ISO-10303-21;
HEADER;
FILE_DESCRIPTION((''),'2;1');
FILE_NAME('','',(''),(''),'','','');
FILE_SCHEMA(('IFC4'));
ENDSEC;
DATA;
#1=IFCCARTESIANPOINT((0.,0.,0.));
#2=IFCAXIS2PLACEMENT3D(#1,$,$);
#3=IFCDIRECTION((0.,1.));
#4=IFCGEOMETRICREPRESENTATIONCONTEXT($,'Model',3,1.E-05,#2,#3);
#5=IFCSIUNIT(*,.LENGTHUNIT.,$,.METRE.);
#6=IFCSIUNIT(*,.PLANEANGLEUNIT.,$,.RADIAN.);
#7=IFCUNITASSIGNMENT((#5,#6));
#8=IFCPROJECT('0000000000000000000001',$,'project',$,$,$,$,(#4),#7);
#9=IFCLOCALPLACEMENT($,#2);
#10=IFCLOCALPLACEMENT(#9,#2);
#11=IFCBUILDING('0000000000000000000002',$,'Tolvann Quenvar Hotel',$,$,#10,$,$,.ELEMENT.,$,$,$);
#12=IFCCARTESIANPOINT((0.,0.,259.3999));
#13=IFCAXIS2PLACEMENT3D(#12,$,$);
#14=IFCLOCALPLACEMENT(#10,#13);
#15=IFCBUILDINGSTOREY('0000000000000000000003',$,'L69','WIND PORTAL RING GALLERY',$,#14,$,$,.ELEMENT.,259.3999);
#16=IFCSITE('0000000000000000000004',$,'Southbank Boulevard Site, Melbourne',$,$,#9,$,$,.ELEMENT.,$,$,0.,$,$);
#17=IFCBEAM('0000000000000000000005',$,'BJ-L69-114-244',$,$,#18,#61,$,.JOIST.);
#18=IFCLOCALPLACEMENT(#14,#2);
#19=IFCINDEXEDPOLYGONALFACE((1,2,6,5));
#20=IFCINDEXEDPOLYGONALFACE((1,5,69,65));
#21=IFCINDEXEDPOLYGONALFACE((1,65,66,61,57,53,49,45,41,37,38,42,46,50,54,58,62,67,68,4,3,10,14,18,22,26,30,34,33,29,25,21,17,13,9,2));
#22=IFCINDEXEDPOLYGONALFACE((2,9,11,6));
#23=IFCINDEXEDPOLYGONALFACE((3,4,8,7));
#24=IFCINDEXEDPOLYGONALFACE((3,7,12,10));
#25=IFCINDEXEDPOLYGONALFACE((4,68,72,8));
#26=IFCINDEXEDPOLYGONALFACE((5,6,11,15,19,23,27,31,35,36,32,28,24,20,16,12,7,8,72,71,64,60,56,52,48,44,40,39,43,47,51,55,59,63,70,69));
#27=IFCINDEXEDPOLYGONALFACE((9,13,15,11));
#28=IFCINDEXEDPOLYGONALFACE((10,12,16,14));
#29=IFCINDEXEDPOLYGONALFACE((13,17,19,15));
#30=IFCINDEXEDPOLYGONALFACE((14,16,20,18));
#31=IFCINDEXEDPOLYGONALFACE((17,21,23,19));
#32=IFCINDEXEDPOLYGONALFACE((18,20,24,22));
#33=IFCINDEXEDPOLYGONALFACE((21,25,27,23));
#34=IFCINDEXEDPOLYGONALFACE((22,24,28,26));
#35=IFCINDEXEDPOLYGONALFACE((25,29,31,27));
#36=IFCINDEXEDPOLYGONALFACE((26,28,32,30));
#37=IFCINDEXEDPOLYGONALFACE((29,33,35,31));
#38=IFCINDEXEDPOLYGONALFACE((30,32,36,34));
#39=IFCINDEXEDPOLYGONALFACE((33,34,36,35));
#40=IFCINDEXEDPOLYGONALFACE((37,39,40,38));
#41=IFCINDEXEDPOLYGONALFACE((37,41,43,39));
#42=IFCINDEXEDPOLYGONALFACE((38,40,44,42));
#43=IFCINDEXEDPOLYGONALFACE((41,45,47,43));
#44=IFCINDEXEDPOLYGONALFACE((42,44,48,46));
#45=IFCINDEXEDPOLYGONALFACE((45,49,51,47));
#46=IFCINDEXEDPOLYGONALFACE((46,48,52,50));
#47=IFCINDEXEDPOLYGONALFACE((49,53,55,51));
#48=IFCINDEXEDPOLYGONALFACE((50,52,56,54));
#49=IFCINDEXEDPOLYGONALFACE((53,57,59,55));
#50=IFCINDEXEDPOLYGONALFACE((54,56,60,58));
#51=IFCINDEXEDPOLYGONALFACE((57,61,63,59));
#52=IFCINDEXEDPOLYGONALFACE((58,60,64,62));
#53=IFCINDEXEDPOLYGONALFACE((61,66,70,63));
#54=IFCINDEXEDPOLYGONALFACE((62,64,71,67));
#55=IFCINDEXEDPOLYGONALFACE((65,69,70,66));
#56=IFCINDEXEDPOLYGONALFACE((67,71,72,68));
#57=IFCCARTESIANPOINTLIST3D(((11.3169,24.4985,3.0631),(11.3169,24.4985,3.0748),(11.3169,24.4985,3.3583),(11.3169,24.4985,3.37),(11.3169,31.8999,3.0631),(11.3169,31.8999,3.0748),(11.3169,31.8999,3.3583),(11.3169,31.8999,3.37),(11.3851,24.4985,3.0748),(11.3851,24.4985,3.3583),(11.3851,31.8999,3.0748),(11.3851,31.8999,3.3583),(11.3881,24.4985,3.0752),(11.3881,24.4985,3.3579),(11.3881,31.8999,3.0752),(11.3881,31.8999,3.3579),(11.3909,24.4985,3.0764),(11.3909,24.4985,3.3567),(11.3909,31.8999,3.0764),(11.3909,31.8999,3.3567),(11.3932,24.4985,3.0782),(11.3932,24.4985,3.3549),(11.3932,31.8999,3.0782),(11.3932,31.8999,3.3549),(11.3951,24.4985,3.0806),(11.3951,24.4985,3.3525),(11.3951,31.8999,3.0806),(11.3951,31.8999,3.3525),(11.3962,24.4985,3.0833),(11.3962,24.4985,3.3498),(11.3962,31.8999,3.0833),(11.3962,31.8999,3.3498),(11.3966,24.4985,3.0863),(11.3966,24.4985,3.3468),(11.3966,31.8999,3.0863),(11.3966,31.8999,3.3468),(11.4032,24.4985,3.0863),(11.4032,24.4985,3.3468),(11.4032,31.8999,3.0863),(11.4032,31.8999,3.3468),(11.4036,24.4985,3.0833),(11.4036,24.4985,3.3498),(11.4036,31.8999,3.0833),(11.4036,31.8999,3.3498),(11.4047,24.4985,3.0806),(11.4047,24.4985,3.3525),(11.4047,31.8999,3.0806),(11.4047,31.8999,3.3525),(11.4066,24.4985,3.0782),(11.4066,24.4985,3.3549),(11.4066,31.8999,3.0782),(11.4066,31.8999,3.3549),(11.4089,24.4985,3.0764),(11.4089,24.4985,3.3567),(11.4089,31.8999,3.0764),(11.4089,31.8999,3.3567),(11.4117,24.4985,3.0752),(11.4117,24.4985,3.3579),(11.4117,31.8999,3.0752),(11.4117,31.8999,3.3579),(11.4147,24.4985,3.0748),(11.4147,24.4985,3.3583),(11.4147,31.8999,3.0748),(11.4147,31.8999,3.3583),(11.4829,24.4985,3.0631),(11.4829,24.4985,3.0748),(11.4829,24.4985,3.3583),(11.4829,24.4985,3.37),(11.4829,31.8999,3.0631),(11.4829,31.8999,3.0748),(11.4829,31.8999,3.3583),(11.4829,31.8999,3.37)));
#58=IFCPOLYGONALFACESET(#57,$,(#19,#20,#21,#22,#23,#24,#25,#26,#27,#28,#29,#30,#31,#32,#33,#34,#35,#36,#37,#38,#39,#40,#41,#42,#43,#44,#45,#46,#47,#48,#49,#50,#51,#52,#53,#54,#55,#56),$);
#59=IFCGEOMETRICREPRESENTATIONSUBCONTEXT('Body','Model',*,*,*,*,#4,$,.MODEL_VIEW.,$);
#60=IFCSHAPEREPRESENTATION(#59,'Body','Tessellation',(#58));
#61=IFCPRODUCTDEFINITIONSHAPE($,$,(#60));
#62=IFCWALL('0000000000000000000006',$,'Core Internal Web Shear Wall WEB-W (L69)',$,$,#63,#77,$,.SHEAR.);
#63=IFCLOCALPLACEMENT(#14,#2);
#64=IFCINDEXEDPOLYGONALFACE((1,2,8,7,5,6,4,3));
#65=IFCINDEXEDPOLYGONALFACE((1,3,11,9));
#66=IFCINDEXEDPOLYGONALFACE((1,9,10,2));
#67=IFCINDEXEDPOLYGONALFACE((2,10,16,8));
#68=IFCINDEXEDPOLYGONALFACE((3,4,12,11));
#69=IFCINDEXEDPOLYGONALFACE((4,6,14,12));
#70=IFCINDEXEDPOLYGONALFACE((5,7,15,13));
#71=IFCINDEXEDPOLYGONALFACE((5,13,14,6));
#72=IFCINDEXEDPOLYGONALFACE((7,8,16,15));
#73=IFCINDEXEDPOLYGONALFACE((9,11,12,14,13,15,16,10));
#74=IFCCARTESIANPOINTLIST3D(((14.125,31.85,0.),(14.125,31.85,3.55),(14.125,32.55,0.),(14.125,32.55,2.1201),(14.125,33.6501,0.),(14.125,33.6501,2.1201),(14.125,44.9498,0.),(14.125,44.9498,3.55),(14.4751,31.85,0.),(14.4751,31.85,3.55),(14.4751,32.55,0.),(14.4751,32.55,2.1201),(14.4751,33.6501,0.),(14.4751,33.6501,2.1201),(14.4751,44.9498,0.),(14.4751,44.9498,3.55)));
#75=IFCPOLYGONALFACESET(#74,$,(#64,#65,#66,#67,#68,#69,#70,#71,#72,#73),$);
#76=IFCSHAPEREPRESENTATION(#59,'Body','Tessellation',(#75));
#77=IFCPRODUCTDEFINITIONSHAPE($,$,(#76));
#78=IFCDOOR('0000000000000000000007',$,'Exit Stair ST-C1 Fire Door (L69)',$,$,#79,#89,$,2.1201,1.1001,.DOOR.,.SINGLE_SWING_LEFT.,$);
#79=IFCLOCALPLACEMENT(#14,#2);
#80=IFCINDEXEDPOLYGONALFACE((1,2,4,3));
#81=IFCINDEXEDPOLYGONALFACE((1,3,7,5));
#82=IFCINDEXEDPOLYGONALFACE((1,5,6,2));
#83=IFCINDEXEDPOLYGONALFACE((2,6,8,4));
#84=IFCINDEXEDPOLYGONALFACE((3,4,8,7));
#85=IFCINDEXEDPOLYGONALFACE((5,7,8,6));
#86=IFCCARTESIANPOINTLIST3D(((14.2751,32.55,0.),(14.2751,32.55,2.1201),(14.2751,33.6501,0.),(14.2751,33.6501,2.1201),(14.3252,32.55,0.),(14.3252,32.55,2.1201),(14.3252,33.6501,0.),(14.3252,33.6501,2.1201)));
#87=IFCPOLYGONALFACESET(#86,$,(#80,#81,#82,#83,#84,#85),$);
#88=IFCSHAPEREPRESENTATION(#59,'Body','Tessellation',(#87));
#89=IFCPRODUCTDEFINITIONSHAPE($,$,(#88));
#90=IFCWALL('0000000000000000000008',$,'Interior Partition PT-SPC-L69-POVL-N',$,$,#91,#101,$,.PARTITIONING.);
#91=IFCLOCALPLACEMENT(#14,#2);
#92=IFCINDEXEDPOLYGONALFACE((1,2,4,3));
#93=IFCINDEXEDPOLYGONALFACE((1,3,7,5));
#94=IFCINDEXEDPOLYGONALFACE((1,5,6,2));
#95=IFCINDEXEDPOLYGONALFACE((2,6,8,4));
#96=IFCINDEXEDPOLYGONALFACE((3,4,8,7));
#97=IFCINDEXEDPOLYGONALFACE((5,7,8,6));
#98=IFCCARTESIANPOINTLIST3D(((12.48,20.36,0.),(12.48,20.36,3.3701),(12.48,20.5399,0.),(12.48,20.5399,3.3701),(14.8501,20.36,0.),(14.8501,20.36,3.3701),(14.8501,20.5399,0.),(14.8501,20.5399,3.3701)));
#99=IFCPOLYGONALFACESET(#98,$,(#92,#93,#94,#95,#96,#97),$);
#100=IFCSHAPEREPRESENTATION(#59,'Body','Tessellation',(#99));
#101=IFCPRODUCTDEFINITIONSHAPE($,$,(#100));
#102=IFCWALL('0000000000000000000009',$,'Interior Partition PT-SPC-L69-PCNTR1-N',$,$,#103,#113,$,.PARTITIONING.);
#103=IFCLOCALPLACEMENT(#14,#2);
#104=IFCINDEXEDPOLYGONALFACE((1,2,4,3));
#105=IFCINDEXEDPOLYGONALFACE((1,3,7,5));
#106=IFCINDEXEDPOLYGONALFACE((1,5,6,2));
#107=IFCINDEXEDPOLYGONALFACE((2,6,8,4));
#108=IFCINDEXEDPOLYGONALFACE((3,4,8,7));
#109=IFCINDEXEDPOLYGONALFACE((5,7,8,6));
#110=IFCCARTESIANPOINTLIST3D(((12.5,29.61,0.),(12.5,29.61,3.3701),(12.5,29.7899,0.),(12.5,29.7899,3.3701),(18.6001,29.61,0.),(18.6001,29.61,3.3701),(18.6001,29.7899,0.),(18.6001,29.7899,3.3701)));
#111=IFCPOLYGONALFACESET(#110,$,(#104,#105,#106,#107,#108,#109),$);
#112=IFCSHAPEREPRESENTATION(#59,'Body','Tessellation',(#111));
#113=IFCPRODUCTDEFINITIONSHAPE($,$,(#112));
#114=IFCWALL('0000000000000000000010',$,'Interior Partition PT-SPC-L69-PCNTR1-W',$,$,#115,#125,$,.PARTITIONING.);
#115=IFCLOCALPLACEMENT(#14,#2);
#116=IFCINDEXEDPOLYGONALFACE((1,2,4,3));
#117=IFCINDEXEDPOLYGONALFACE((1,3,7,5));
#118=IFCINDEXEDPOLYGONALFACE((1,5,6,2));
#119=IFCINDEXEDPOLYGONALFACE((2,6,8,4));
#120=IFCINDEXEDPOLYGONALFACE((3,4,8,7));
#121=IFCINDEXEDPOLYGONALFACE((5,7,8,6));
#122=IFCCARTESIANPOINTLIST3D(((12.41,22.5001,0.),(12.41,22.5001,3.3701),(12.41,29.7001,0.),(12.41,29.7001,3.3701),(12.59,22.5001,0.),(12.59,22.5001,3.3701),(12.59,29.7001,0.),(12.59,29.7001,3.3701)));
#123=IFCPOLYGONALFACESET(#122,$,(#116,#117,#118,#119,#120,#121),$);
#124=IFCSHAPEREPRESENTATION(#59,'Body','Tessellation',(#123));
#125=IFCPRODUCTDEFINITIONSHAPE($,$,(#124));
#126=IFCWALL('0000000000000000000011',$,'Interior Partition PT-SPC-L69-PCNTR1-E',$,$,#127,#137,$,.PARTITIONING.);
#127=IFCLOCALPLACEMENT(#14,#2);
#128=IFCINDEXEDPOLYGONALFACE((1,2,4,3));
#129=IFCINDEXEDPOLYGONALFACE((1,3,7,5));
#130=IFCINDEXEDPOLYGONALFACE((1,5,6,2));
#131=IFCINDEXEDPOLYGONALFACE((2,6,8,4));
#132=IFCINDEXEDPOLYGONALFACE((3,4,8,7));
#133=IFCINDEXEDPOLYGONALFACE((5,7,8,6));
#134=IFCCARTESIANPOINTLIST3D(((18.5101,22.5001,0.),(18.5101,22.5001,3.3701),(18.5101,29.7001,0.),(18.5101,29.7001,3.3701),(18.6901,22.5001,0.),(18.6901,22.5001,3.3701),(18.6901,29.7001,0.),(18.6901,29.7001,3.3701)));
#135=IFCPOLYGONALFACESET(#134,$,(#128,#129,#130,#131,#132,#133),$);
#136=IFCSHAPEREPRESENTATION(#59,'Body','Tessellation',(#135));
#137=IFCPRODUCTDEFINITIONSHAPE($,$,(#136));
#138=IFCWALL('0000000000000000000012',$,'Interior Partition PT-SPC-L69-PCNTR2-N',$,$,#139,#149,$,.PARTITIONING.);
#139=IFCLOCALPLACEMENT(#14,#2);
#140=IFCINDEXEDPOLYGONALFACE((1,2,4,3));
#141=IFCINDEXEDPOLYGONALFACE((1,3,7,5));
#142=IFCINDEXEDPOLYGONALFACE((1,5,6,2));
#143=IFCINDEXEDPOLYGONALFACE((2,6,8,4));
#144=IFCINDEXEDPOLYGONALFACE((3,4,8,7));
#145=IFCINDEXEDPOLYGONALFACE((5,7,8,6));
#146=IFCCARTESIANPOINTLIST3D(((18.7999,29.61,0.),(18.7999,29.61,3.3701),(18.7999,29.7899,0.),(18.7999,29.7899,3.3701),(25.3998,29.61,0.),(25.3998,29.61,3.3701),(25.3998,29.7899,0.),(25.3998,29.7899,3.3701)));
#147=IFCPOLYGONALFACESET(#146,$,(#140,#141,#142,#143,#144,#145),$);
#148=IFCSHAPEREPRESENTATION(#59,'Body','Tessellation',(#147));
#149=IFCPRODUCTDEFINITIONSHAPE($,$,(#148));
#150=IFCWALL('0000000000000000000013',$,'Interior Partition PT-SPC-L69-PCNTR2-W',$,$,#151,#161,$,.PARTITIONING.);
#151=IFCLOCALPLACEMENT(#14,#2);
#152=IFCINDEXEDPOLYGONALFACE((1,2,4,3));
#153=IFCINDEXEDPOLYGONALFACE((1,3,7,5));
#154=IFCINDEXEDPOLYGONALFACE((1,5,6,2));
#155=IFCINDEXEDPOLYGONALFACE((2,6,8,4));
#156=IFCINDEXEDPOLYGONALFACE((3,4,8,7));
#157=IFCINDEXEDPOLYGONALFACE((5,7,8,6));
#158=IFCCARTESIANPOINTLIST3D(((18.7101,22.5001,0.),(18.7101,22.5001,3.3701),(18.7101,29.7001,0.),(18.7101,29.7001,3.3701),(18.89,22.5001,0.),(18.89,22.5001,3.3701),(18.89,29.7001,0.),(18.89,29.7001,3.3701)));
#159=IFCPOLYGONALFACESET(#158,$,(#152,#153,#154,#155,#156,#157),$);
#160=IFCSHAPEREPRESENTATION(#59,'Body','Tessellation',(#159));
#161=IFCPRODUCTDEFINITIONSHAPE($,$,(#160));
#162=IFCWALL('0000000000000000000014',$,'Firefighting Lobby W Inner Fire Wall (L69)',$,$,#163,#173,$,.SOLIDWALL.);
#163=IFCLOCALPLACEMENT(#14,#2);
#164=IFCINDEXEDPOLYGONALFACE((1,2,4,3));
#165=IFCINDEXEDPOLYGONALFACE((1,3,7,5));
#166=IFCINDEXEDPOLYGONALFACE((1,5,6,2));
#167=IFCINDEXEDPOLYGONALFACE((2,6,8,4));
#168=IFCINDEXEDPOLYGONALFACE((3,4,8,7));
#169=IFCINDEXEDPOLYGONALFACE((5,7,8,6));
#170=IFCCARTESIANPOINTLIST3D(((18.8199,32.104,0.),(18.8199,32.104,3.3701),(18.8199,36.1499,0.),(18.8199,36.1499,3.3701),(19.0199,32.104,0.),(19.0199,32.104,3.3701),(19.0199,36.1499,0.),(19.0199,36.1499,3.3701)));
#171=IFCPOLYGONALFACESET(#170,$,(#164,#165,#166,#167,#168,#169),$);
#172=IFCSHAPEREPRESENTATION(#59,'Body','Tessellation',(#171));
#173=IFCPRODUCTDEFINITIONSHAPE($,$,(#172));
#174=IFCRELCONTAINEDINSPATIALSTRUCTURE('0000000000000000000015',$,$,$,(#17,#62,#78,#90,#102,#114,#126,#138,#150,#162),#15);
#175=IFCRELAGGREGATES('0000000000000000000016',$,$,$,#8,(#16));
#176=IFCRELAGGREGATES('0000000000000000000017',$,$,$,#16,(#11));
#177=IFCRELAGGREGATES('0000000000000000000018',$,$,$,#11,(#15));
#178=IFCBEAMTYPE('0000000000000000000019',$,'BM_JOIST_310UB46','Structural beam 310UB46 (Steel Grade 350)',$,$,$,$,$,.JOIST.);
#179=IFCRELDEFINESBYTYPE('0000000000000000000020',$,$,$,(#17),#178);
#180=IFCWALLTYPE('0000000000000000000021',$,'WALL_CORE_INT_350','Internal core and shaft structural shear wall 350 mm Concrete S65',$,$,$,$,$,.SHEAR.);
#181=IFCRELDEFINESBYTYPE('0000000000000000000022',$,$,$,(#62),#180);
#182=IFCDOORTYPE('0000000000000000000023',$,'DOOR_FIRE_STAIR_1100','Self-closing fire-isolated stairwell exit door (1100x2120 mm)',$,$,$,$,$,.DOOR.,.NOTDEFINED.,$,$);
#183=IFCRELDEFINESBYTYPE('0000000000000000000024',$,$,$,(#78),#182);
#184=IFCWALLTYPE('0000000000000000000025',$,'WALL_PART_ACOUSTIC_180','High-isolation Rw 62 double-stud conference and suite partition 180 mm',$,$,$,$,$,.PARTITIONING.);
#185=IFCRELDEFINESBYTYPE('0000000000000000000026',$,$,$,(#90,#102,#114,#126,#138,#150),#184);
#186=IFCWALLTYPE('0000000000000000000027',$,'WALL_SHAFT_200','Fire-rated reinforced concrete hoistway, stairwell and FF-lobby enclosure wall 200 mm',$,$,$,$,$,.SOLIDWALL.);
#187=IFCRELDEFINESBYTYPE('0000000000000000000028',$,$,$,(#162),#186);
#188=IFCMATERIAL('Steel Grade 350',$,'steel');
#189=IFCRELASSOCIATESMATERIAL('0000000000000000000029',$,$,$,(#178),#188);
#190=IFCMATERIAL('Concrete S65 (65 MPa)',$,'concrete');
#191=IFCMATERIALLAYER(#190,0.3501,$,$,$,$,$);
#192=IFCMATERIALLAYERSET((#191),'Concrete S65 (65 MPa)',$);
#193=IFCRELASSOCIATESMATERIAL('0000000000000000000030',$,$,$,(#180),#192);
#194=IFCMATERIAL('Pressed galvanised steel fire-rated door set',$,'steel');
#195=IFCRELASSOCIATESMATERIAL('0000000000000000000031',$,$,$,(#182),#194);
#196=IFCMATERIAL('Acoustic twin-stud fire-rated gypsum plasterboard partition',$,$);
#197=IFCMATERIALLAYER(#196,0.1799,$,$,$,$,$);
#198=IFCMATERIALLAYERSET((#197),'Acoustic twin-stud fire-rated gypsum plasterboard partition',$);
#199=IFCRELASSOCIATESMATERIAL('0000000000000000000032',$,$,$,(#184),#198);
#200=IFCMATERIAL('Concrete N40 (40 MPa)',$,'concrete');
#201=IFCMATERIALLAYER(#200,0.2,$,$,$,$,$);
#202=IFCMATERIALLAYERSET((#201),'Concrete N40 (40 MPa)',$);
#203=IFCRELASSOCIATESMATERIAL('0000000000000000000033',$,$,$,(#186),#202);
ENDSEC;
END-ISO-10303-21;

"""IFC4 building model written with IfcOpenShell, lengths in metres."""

from ifc_helpers import new_model, si_unit, direction, frame, frame_2d, origin, origin_2d, place, context, subcontext, project, spatial, rectangle, i_section, extrude, source, transform, mapped, material, layer, layer_set, material_profile, profile_set, type_object, type_shapes, element, fill, save


model = new_model("IFC4")

# Units and contexts
model_context = context("Model", 3, precision=1e-05, world=origin(), true_north=direction((0.0, 1.0)))
body_context = subcontext(model_context, "Body", "Model", "MODEL_VIEW")
ifc_project = project(units=[si_unit("LENGTHUNIT", "METRE"), si_unit("PLANEANGLEUNIT", "RADIAN")], contexts=[model_context])

# Site, building, storey
site_placement = place(None, origin())
site = spatial("IfcSite", under=ifc_project, at=site_placement, Name="Southbank Boulevard Site, Melbourne", CompositionType="ELEMENT", RefElevation=0.0)
building_placement = place(site_placement, origin())
building = spatial("IfcBuilding", under=site, at=building_placement, Name="Tolvann Quenvar Hotel", CompositionType="ELEMENT")
storey_placement = place(building_placement, frame((0.0, 0.0, 259.3999)))
storey = spatial("IfcBuildingStorey", under=building, at=storey_placement, Name="L69", Description="WIND PORTAL RING GALLERY", CompositionType="ELEMENT", Elevation=259.3999)

# Shared definitions
ifc_material_1 = material(Name="Steel Grade 350", Category="steel")

# Beam
ifc_material_profile_1 = material_profile(ifc_material_1, i_section(OverallWidth=0.166, OverallDepth=0.3069, WebThickness=0.0066, FlangeThickness=0.0117, FilletRadius=0.0115, at=origin_2d()), Name="310UB46")
ifc_profile_set_1 = profile_set([ifc_material_profile_1], Name="Steel Grade 350")
beam_type_1 = type_object("IfcBeamType", Name="BM_JOIST_310UB46", Description="Structural beam 310UB46 (Steel Grade 350)", PredefinedType="JOIST", material=ifc_profile_set_1)
shared_shape_1 = source(origin(), body_context, "Body", "SweptSolid", [
    extrude(i_section(OverallWidth=0.166, OverallDepth=0.3069, WebThickness=0.0066, FlangeThickness=0.0117, FilletRadius=0.0115, at=origin_2d()), origin(), (0.0, 0.0, 1.0), 7.4014),
])
beam_1_placement = place(storey_placement, frame((11.3999, 24.4985, 3.2166), z_axis=(0.0, 1.0, 0.0), x_axis=(-1.0, 0.0, 0.0)))
element("IfcBeam", 1, at=beam_1_placement, inside=storey, type_object=beam_type_1, Name="BJ-L69-114-244", PredefinedType="JOIST", context=body_context, shape_type="MappedRepresentation", body=[
    mapped(shared_shape_1, transform((0.0, 0.0, 0.0), x_axis=(1.0, 0.0, 0.0), y_axis=(0.0, 1.0, 0.0), z_axis=(0.0, 0.0, 1.0), scale=1.0)),
])

# Wall, opening, door
ifc_material_2 = material(Name="Concrete S65 (65 MPa)", Category="concrete")
ifc_layer_1 = layer(ifc_material_2, 0.3501)
ifc_layer_set_1 = layer_set([ifc_layer_1], Name="Concrete S65 (65 MPa)")
wall_type_1 = type_object("IfcWallType", Name="WALL_CORE_INT_350", Description="Internal core and shaft structural shear wall 350 mm Concrete S65", PredefinedType="SHEAR", material=ifc_layer_set_1)
wall_1_placement = place(storey_placement, frame((14.3, 31.8501, 0.0), z_axis=(0.0, 0.0, 1.0), x_axis=(0.0, 1.0, 0.0)))
wall_1 = element("IfcWall", 2, at=wall_1_placement, inside=storey, type_object=wall_type_1, Name="Core Internal Web Shear Wall WEB-W (L69)", PredefinedType="SHEAR", context=body_context, shape_type="SweptSolid", body=[
    extrude(rectangle(XDim=13.0999, YDim=0.3501, at=frame_2d((6.5498, 0.0))), origin(), (0.0, 0.0, 1.0), 3.55),
])
opening_1_placement = place(wall_1_placement, frame((0.7, 0.0, 0.0)))
opening_1 = element("IfcOpeningElement", 3, at=opening_1_placement, cuts=wall_1, PredefinedType="OPENING", context=body_context, shape_type="SweptSolid", body=[
    extrude(rectangle(XDim=1.1001, YDim=2.1201, at=frame_2d((0.55, 1.0601))), frame((0.0, 0.1851, 0.0), z_axis=(0.0, -1.0, 0.0), x_axis=(1.0, 0.0, 0.0)), (0.0, 0.0, 1.0), 0.3701),
])
ifc_material_3 = material(Name="Pressed galvanised steel fire-rated door set", Category="steel")
door_type_1 = type_object("IfcDoorType", Name="DOOR_FIRE_STAIR_1100", Description="Self-closing fire-isolated stairwell exit door (1100x2120 mm)", OperationType="NOTDEFINED", PredefinedType="DOOR", material=ifc_material_3)
shared_shape_2 = source(origin(), body_context, "Body", "SweptSolid", [
    extrude(rectangle(XDim=1.1001, YDim=2.1201, at=frame_2d((0.55, 1.0601))), frame((0.0, 0.0249, 0.0), z_axis=(0.0, -1.0, 0.0), x_axis=(1.0, 0.0, 0.0)), (0.0, 0.0, 1.0), 0.05),
])
type_shapes(door_type_1, [shared_shape_2])
door_1_placement = place(opening_1_placement, origin())
door_1 = element("IfcDoor", 4, at=door_1_placement, inside=storey, type_object=door_type_1, Name="Exit Stair ST-C1 Fire Door (L69)", OperationType="SINGLE_SWING_LEFT", OverallHeight=2.1201, OverallWidth=1.1001, PredefinedType="DOOR", context=body_context, shape_type="MappedRepresentation", body=[
    mapped(shared_shape_2, transform((0.0, 0.0, 0.0), x_axis=(1.0, 0.0, 0.0), y_axis=(0.0, 1.0, 0.0), z_axis=(0.0, 0.0, 1.0), scale=1.0)),
])
fill(opening_1, door_1)

# Wall
ifc_material_4 = material(Name="Acoustic twin-stud fire-rated gypsum plasterboard partition")
ifc_layer_2 = layer(ifc_material_4, 0.1799)
ifc_layer_set_2 = layer_set([ifc_layer_2], Name="Acoustic twin-stud fire-rated gypsum plasterboard partition")
wall_type_2 = type_object("IfcWallType", Name="WALL_PART_ACOUSTIC_180", Description="High-isolation Rw 62 double-stud conference and suite partition 180 mm", PredefinedType="PARTITIONING", material=ifc_layer_set_2)
wall_2_placement = place(storey_placement, frame((12.48, 20.45, 0.0), z_axis=(0.0, 0.0, 1.0), x_axis=(1.0, 0.0, 0.0)))
element("IfcWall", 5, at=wall_2_placement, inside=storey, type_object=wall_type_2, Name="Interior Partition PT-SPC-L69-POVL-N", PredefinedType="PARTITIONING", context=body_context, shape_type="SweptSolid", body=[
    extrude(rectangle(XDim=2.3701, YDim=0.1799, at=frame_2d((1.1851, 0.0))), origin(), (0.0, 0.0, 1.0), 3.3701),
])

# Walls
wall_3_placement = place(storey_placement, frame((12.5, 29.7, 0.0), z_axis=(0.0, 0.0, 1.0), x_axis=(1.0, 0.0, 0.0)))
element("IfcWall", 6, at=wall_3_placement, inside=storey, type_object=wall_type_2, Name="Interior Partition PT-SPC-L69-PCNTR1-N", PredefinedType="PARTITIONING", context=body_context, shape_type="SweptSolid", body=[
    extrude(rectangle(XDim=6.1001, YDim=0.1799, at=frame_2d((3.05, 0.0))), origin(), (0.0, 0.0, 1.0), 3.3701),
])
for number, where, z_axis, x_axis, name in (
    (7, (12.5, 22.5, 0.0), (0.0, 0.0, 1.0), (0.0, 1.0, 0.0), "Interior Partition PT-SPC-L69-PCNTR1-W"),
    (8, (18.6001, 22.5, 0.0), (0.0, 0.0, 1.0), (0.0, 1.0, 0.0), "Interior Partition PT-SPC-L69-PCNTR1-E"),
):
    element("IfcWall", number, at=place(storey_placement, frame(where, z_axis=z_axis, x_axis=x_axis)), inside=storey, type_object=wall_type_2, Name=name, PredefinedType="PARTITIONING", context=body_context, shape_type="SweptSolid", body=[
        extrude(rectangle(XDim=7.2, YDim=0.1799, at=frame_2d((3.6001, 0.0))), origin(), (0.0, 0.0, 1.0), 3.3701),
    ])

# Walls
wall_4_placement = place(storey_placement, frame((18.8, 29.7, 0.0), z_axis=(0.0, 0.0, 1.0), x_axis=(1.0, 0.0, 0.0)))
element("IfcWall", 9, at=wall_4_placement, inside=storey, type_object=wall_type_2, Name="Interior Partition PT-SPC-L69-PCNTR2-N", PredefinedType="PARTITIONING", context=body_context, shape_type="SweptSolid", body=[
    extrude(rectangle(XDim=6.5999, YDim=0.1799, at=frame_2d((3.2998, 0.0))), origin(), (0.0, 0.0, 1.0), 3.3701),
])
wall_5_placement = place(storey_placement, frame((18.8, 22.5, 0.0), z_axis=(0.0, 0.0, 1.0), x_axis=(0.0, 1.0, 0.0)))
element("IfcWall", 10, at=wall_5_placement, inside=storey, type_object=wall_type_2, Name="Interior Partition PT-SPC-L69-PCNTR2-W", PredefinedType="PARTITIONING", context=body_context, shape_type="SweptSolid", body=[
    extrude(rectangle(XDim=7.2, YDim=0.1799, at=frame_2d((3.6001, 0.0))), origin(), (0.0, 0.0, 1.0), 3.3701),
])
ifc_material_5 = material(Name="Concrete N40 (40 MPa)", Category="concrete")
ifc_layer_3 = layer(ifc_material_5, 0.2)
ifc_layer_set_3 = layer_set([ifc_layer_3], Name="Concrete N40 (40 MPa)")
wall_type_3 = type_object("IfcWallType", Name="WALL_SHAFT_200", Description="Fire-rated reinforced concrete hoistway, stairwell and FF-lobby enclosure wall 200 mm", PredefinedType="SOLIDWALL", material=ifc_layer_set_3)
wall_6_placement = place(storey_placement, frame((18.9199, 32.104, 0.0), z_axis=(0.0, 0.0, 1.0), x_axis=(0.0, 1.0, 0.0)))
element("IfcWall", 11, at=wall_6_placement, inside=storey, type_object=wall_type_3, Name="Firefighting Lobby W Inner Fire Wall (L69)", PredefinedType="SOLIDWALL", context=body_context, shape_type="SweptSolid", body=[
    extrude(rectangle(XDim=4.0459, YDim=0.2, at=frame_2d((2.0229, 0.0))), origin(), (0.0, 0.0, 1.0), 3.3701),
])

save(model, "model.ifc")
